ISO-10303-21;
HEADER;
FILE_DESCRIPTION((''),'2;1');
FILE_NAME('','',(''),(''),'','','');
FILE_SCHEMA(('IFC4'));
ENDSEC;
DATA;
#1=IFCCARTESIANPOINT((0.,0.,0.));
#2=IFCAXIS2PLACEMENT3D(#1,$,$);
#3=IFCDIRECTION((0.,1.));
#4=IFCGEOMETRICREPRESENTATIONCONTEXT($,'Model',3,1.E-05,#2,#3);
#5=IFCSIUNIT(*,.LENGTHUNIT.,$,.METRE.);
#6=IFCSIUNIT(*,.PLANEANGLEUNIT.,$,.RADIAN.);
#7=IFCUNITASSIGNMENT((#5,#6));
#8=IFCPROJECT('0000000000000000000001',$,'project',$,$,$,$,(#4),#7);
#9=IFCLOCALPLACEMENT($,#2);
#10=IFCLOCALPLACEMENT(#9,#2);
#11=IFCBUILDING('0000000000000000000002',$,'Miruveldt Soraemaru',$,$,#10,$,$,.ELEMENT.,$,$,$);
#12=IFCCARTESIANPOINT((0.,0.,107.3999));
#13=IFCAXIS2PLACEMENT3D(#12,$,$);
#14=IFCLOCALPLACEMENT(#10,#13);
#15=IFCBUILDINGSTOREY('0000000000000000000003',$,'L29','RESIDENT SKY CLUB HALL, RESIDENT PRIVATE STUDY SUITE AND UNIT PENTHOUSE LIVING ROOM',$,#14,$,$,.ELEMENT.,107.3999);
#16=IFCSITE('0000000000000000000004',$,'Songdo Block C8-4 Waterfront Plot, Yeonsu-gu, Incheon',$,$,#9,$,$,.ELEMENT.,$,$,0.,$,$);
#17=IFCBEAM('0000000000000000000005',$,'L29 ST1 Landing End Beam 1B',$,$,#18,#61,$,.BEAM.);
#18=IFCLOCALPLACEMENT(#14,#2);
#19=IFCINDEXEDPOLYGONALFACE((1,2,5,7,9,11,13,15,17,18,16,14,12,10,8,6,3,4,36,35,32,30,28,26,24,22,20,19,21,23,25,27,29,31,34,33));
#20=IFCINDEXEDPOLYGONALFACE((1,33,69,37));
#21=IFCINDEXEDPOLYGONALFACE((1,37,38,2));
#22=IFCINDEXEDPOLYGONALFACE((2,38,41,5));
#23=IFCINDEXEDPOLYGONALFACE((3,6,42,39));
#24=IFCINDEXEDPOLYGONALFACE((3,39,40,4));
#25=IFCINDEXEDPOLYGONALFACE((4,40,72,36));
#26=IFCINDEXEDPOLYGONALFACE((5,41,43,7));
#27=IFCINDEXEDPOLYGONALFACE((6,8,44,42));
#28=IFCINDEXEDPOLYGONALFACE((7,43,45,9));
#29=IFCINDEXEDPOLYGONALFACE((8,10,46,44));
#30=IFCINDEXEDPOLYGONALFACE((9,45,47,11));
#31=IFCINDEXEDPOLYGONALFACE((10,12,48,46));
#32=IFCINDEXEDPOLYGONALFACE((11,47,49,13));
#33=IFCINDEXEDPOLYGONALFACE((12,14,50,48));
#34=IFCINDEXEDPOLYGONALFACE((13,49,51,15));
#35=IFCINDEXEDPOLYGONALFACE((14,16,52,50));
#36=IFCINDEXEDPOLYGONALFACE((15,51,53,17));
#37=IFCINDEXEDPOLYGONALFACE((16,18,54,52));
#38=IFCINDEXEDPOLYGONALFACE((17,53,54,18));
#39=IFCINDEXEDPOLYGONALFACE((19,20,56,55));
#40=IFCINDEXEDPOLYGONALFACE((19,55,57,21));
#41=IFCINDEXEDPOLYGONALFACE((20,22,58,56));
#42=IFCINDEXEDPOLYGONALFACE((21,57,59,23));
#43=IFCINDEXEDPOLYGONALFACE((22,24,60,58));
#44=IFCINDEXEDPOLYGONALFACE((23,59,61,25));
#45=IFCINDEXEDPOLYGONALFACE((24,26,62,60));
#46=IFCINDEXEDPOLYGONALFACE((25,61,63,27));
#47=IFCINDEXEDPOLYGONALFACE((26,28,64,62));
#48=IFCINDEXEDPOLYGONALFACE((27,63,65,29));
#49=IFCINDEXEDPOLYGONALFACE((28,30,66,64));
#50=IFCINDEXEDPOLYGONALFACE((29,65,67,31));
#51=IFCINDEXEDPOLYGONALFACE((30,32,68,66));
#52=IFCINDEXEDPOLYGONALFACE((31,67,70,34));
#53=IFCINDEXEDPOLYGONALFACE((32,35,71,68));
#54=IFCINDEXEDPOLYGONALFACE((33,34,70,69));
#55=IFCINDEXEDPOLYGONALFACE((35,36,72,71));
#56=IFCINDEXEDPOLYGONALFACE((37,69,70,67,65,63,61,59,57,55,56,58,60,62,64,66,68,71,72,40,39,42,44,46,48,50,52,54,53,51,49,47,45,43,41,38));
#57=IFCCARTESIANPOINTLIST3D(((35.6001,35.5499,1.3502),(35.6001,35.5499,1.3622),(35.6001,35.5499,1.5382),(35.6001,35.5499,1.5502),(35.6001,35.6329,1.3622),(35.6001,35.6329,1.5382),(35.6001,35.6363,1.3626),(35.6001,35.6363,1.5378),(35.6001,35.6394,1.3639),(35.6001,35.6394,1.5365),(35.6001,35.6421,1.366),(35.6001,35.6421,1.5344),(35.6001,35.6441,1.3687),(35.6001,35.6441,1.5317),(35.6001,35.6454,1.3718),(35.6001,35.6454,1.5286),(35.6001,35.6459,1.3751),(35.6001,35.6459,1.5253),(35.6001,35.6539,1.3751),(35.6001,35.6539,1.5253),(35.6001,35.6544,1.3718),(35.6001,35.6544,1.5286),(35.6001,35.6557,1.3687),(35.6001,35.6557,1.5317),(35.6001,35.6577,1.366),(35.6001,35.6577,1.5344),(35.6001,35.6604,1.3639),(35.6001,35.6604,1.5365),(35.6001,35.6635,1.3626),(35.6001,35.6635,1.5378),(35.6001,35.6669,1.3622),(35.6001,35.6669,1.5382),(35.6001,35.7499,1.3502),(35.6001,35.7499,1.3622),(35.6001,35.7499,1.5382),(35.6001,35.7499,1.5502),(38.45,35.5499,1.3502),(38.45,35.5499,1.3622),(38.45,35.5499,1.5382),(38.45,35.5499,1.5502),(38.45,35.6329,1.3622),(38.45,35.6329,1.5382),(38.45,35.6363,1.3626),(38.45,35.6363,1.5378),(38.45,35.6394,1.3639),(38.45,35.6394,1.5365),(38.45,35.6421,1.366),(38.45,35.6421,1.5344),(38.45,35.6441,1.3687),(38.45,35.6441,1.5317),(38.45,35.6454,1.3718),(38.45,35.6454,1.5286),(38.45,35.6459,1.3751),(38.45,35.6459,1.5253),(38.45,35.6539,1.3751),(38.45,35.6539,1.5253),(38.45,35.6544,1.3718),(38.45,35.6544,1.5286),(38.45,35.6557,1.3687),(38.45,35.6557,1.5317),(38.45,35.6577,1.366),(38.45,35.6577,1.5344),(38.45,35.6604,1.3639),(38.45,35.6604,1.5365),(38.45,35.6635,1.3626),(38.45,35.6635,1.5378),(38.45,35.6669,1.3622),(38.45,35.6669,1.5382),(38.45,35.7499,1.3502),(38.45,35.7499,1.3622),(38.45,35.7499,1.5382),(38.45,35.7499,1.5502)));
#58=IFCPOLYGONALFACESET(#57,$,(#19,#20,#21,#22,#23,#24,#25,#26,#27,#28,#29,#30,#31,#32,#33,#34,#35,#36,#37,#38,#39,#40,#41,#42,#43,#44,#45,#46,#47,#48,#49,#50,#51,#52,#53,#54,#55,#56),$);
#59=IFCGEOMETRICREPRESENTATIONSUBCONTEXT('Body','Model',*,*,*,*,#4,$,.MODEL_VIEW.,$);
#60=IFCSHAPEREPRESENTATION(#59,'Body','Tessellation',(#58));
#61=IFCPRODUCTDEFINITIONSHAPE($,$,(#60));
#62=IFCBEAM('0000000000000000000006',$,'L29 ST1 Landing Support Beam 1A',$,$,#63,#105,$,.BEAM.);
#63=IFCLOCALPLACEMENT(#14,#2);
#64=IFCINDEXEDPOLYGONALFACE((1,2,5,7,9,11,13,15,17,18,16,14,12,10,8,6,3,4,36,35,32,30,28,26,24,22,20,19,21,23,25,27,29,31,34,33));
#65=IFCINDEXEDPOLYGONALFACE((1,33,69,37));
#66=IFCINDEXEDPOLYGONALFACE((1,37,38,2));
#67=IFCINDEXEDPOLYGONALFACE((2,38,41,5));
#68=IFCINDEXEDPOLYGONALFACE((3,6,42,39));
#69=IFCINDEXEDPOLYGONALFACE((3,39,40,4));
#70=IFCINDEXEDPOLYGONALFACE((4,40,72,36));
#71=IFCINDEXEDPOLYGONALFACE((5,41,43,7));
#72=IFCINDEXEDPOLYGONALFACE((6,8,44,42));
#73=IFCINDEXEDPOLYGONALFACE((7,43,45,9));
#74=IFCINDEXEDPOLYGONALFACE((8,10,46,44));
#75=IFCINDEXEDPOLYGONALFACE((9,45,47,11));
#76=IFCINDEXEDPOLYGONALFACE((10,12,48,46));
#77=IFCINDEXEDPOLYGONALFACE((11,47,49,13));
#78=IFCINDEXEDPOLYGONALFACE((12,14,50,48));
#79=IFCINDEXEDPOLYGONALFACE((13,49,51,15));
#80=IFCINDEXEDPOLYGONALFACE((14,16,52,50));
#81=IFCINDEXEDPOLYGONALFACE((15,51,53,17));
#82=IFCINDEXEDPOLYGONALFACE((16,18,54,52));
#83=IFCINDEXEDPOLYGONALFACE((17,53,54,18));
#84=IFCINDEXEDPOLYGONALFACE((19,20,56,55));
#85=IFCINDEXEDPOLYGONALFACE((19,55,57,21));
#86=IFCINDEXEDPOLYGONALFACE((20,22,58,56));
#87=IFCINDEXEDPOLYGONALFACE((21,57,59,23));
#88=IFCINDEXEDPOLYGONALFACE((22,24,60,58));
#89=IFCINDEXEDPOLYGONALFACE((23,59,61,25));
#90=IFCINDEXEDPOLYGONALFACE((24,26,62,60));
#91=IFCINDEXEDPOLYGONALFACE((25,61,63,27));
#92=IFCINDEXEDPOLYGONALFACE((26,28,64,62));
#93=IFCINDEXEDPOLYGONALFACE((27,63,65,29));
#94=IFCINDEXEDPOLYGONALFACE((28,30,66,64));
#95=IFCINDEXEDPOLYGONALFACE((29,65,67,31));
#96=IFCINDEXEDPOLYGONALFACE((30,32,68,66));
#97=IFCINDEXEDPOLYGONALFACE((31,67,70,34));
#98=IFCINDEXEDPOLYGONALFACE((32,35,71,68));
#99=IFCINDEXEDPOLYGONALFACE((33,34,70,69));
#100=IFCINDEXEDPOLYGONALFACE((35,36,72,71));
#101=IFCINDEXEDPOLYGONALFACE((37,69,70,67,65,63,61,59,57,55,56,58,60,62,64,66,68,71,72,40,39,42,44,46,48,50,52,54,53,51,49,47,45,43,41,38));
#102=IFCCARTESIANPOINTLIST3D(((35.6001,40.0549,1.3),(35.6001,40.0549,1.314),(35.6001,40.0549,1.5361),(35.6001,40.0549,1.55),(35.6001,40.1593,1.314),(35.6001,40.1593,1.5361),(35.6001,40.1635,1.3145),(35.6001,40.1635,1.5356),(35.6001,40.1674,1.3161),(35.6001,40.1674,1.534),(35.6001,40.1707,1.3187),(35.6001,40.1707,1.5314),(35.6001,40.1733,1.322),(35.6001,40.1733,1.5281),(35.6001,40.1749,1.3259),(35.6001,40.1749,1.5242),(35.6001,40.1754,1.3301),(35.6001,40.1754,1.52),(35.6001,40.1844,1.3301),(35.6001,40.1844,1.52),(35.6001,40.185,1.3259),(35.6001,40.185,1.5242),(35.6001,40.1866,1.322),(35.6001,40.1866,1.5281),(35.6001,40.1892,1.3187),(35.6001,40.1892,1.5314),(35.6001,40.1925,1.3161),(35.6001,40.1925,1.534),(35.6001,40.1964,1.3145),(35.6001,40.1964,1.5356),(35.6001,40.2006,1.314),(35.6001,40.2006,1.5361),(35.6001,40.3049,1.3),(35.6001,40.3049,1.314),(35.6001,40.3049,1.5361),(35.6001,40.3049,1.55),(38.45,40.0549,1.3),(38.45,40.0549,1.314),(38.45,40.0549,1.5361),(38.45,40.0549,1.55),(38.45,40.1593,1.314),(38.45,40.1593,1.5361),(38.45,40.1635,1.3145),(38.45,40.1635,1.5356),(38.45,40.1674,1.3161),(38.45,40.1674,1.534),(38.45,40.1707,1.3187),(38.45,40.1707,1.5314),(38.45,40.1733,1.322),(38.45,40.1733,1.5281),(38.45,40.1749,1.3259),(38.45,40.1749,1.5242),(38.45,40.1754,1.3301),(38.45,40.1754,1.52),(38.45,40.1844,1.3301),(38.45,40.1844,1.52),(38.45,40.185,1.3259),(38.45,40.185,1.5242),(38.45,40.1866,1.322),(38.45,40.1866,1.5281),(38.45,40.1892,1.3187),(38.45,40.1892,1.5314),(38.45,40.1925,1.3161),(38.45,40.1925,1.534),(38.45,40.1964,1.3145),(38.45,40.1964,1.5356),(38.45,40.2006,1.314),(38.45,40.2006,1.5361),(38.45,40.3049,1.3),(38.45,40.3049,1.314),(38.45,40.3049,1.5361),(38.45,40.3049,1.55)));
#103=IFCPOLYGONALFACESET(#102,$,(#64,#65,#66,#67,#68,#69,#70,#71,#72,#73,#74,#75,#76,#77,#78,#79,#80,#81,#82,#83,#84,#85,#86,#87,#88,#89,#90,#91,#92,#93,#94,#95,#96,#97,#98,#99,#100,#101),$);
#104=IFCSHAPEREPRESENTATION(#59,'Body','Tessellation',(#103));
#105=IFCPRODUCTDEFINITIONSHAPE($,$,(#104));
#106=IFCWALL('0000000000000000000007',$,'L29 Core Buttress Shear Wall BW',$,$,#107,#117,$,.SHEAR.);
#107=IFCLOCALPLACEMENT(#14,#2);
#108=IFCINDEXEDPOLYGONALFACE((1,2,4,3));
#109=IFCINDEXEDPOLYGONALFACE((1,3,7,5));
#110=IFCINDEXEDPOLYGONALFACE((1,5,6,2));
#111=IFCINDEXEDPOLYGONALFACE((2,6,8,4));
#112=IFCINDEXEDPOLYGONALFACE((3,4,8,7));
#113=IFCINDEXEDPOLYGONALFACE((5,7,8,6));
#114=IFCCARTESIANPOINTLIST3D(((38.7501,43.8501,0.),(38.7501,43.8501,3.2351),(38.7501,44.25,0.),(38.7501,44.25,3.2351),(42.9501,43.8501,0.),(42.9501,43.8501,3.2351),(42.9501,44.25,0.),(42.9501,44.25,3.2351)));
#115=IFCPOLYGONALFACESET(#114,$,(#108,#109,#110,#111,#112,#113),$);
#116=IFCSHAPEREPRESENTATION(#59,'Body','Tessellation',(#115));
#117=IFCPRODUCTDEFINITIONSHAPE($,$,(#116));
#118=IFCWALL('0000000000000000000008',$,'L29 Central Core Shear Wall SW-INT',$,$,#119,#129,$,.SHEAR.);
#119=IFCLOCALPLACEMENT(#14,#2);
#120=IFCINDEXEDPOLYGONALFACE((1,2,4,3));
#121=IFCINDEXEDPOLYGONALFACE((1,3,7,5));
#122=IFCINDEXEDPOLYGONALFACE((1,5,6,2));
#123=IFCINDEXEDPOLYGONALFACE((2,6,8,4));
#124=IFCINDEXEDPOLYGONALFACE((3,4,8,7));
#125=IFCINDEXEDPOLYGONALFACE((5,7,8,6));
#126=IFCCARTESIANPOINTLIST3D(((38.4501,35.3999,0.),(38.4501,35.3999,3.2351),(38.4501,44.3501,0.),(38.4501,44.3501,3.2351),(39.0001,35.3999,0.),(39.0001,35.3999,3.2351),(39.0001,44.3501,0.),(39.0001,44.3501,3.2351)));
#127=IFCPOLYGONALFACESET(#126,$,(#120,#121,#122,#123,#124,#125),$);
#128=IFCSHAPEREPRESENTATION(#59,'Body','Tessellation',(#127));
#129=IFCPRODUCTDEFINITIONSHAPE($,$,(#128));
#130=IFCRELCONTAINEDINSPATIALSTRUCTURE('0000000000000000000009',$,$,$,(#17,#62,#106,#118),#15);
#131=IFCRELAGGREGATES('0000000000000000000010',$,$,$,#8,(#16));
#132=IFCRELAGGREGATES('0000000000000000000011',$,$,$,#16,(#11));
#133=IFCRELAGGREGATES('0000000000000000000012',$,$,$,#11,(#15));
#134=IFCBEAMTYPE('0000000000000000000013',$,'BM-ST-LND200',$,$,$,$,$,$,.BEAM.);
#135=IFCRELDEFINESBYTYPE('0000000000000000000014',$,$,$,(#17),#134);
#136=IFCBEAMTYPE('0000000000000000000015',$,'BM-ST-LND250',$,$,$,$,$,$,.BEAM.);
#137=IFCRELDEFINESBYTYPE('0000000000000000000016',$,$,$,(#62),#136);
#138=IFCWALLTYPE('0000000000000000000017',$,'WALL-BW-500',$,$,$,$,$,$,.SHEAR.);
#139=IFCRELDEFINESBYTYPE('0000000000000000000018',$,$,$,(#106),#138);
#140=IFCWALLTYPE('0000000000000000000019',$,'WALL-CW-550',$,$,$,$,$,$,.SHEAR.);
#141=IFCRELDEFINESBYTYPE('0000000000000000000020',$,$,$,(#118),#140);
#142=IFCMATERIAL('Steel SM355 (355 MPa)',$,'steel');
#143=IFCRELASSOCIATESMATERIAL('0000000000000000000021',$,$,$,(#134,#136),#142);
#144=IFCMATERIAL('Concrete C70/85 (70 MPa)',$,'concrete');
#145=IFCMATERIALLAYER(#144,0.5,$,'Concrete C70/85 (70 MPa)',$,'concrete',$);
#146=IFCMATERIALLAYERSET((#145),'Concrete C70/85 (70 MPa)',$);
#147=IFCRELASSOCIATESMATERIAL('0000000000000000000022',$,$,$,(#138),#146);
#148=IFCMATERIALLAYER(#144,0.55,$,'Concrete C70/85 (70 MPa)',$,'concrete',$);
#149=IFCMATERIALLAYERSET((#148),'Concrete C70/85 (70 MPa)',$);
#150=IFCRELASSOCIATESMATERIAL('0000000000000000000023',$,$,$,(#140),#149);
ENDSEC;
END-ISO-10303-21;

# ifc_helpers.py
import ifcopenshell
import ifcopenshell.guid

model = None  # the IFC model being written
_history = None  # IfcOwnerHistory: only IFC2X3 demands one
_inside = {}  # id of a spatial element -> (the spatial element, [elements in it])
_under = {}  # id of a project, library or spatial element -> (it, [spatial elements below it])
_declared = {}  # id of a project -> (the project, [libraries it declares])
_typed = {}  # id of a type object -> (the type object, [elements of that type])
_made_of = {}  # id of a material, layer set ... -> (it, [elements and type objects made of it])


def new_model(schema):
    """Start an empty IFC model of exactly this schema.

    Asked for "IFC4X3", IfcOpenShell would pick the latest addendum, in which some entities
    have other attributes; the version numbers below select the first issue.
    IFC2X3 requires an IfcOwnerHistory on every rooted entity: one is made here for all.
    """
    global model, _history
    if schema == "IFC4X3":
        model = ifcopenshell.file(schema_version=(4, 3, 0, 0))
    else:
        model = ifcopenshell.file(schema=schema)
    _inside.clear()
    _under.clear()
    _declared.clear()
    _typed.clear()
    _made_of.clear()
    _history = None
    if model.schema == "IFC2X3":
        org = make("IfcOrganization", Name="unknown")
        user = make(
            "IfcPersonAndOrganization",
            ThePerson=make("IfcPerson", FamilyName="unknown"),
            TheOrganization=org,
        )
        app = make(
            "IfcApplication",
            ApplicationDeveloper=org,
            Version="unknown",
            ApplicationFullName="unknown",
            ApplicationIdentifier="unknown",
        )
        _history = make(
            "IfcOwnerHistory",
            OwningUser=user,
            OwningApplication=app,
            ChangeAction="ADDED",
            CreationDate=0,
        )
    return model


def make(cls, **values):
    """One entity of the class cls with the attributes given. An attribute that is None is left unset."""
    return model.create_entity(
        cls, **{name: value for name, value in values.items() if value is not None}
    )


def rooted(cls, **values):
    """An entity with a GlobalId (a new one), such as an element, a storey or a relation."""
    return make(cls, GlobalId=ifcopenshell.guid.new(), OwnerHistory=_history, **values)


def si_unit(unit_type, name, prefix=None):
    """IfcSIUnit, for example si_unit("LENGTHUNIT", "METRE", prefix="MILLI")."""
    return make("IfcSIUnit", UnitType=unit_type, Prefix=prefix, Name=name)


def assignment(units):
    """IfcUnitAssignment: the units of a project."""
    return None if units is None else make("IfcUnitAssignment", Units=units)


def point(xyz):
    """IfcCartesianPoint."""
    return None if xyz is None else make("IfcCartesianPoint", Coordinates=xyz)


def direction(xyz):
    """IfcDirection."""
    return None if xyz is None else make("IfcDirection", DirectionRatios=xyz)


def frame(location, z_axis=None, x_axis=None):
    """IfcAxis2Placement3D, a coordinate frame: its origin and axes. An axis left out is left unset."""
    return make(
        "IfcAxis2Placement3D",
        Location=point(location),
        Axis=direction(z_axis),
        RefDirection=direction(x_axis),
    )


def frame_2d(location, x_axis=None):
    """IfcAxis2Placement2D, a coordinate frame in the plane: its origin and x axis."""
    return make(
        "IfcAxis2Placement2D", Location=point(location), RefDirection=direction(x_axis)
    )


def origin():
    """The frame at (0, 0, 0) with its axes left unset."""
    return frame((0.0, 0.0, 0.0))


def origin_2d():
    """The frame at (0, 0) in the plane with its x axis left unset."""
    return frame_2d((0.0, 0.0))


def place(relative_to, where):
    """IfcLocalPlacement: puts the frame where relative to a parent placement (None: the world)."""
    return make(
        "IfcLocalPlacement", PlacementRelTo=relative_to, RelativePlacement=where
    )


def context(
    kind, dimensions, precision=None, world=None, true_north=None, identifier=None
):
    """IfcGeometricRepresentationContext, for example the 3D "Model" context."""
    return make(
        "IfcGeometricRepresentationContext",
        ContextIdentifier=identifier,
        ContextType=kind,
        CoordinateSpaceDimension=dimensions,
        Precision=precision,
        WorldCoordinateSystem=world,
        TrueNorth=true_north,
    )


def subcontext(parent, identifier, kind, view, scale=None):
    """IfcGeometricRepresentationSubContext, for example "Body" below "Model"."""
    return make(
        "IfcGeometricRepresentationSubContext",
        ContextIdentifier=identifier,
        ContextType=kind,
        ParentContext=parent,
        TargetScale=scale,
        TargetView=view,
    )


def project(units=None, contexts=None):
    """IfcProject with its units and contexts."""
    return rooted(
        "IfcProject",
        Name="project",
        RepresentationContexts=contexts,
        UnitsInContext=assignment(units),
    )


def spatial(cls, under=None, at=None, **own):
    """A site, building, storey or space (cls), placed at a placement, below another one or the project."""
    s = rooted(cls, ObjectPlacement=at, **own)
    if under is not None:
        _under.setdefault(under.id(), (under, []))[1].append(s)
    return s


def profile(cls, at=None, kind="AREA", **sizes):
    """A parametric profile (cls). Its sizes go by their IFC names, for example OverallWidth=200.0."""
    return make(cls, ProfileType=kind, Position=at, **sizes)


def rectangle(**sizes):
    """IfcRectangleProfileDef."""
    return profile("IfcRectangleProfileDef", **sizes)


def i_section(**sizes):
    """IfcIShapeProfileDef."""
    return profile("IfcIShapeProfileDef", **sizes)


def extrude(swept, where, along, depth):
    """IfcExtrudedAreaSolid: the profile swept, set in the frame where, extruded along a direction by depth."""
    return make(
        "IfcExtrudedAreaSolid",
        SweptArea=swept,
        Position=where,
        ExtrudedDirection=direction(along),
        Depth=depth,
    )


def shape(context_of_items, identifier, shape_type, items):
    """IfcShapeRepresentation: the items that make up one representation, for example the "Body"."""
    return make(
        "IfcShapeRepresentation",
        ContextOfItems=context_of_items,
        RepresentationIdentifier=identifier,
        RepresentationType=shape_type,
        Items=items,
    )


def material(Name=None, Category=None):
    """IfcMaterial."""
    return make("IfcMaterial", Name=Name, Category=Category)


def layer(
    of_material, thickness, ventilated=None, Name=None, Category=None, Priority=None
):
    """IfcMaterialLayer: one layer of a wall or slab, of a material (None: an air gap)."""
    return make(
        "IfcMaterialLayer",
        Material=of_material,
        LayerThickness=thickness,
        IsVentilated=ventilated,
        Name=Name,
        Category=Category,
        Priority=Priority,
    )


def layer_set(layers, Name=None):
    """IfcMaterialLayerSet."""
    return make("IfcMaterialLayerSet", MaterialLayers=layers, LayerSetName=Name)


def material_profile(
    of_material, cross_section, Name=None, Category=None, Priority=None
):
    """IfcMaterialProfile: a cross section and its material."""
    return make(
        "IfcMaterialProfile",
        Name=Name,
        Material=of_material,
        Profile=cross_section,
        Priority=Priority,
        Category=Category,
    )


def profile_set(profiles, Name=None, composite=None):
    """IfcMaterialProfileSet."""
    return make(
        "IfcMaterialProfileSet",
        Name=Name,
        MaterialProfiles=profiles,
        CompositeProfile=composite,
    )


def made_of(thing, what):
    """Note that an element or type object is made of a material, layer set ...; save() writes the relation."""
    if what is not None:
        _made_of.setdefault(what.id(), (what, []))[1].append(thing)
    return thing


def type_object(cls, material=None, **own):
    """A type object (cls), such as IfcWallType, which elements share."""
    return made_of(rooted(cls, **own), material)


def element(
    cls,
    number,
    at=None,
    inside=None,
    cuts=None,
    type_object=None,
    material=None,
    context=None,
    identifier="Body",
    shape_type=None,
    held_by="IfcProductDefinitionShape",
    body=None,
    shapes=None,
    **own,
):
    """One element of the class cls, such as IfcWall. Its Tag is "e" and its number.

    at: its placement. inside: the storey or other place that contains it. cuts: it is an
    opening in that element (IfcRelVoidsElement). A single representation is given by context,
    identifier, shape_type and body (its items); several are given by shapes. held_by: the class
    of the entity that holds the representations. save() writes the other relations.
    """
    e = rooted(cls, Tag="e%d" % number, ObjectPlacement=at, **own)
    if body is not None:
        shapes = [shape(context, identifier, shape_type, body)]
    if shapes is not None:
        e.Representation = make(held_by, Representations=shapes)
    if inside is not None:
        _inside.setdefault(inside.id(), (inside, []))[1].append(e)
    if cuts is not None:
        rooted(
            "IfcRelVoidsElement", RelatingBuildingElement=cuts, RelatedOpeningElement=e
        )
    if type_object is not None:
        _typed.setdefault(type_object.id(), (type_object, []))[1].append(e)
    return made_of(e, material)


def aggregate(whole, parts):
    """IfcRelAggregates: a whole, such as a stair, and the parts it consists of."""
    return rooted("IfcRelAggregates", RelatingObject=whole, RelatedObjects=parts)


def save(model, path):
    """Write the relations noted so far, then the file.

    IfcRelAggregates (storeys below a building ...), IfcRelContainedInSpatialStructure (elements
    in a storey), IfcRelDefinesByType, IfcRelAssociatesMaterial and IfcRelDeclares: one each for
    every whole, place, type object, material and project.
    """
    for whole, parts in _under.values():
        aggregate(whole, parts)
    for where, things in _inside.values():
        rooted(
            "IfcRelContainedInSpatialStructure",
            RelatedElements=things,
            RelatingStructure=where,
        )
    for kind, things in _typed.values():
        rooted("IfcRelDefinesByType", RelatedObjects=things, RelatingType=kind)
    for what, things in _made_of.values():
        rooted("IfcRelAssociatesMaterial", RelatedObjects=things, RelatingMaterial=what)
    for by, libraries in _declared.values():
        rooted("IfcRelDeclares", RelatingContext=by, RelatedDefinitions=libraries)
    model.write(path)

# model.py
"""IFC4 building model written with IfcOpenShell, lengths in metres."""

from ifc_helpers import new_model, si_unit, direction, frame, frame_2d, origin, origin_2d, place, context, subcontext, project, spatial, rectangle, i_section, extrude, material, layer, layer_set, material_profile, profile_set, type_object, element, save


model = new_model("IFC4")

# Units and contexts
model_context = context("Model", 3, precision=1e-05, world=origin(), true_north=direction((0.0, 1.0)))
body_context = subcontext(model_context, "Body", "Model", "MODEL_VIEW")
ifc_project = project(units=[si_unit("LENGTHUNIT", "METRE"), si_unit("PLANEANGLEUNIT", "RADIAN")], contexts=[model_context])

# Site, building, storey
site_placement = place(None, origin())
site = spatial("IfcSite", under=ifc_project, at=site_placement, Name="Songdo Block C8-4 Waterfront Plot, Yeonsu-gu, Incheon", CompositionType="ELEMENT", RefElevation=0.0)
building_placement = place(site_placement, origin())
building = spatial("IfcBuilding", under=site, at=building_placement, Name="Miruveldt Soraemaru", CompositionType="ELEMENT")
storey_placement = place(building_placement, frame((0.0, 0.0, 107.3999)))
storey = spatial("IfcBuildingStorey", under=building, at=storey_placement, Name="L29", Description="RESIDENT SKY CLUB HALL, RESIDENT PRIVATE STUDY SUITE AND UNIT PENTHOUSE LIVING ROOM", CompositionType="ELEMENT", Elevation=107.3999)

# Beams
ifc_material_1 = material(Name="Steel SM355 (355 MPa)", Category="steel")
ifc_material_profile_1 = material_profile(ifc_material_1, i_section(OverallWidth=0.2, OverallDepth=0.2, WebThickness=0.0081, FlangeThickness=0.012, FilletRadius=0.0129, at=origin_2d()), Name="Steel SM355 (355 MPa)", Category="steel")
ifc_profile_set_1 = profile_set([ifc_material_profile_1], Name="Steel SM355 (355 MPa)")
beam_type_1 = type_object("IfcBeamType", Name="BM-ST-LND200", PredefinedType="BEAM", material=ifc_profile_set_1)
beam_1_placement = place(storey_placement, frame((35.6001, 35.6499, 1.4502), z_axis=(1.0, 0.0, 0.0), x_axis=(0.0, 1.0, 0.0)))
element("IfcBeam", 1, at=beam_1_placement, inside=storey, type_object=beam_type_1, Name="L29 ST1 Landing End Beam 1B", PredefinedType="BEAM", context=body_context, shape_type="SweptSolid", body=[
    extrude(i_section(OverallWidth=0.2, OverallDepth=0.2, WebThickness=0.0081, FlangeThickness=0.012, FilletRadius=0.0129, at=origin_2d()), origin(), (0.0, 0.0, 1.0), 2.8499),
])
ifc_material_profile_2 = material_profile(ifc_material_1, i_section(OverallWidth=0.25, OverallDepth=0.25, WebThickness=0.009, FlangeThickness=0.0139, FilletRadius=0.0161, at=origin_2d()), Name="Steel SM355 (355 MPa)", Category="steel")
ifc_profile_set_2 = profile_set([ifc_material_profile_2], Name="Steel SM355 (355 MPa)")
beam_type_2 = type_object("IfcBeamType", Name="BM-ST-LND250", PredefinedType="BEAM", material=ifc_profile_set_2)
beam_2_placement = place(storey_placement, frame((35.6001, 40.1799, 1.425), z_axis=(1.0, 0.0, 0.0), x_axis=(0.0, 1.0, 0.0)))
element("IfcBeam", 2, at=beam_2_placement, inside=storey, type_object=beam_type_2, Name="L29 ST1 Landing Support Beam 1A", PredefinedType="BEAM", context=body_context, shape_type="SweptSolid", body=[
    extrude(i_section(OverallWidth=0.25, OverallDepth=0.25, WebThickness=0.009, FlangeThickness=0.0139, FilletRadius=0.0161, at=origin_2d()), origin(), (0.0, 0.0, 1.0), 2.8499),
])

# Walls
ifc_material_2 = material(Name="Concrete C70/85 (70 MPa)", Category="concrete")
ifc_layer_1 = layer(ifc_material_2, 0.5, Name="Concrete C70/85 (70 MPa)", Category="concrete")
ifc_layer_set_1 = layer_set([ifc_layer_1], Name="Concrete C70/85 (70 MPa)")
wall_type_1 = type_object("IfcWallType", Name="WALL-BW-500", PredefinedType="SHEAR", material=ifc_layer_set_1)
wall_1_placement = place(storey_placement, frame((38.75, 44.05, 0.0), z_axis=(0.0, 0.0, 1.0), x_axis=(1.0, 0.0, 0.0)))
element("IfcWall", 3, at=wall_1_placement, inside=storey, type_object=wall_type_1, Name="L29 Core Buttress Shear Wall BW", PredefinedType="SHEAR", context=body_context, shape_type="SweptSolid", body=[
    extrude(rectangle(XDim=4.2, YDim=0.3999, at=frame_2d((2.1001, 0.0))), origin(), (0.0, 0.0, 1.0), 3.2351),
])
ifc_layer_2 = layer(ifc_material_2, 0.55, Name="Concrete C70/85 (70 MPa)", Category="concrete")
ifc_layer_set_2 = layer_set([ifc_layer_2], Name="Concrete C70/85 (70 MPa)")
wall_type_2 = type_object("IfcWallType", Name="WALL-CW-550", PredefinedType="SHEAR", material=ifc_layer_set_2)
wall_2_placement = place(storey_placement, frame((38.7251, 35.3999, 0.0), z_axis=(0.0, 0.0, 1.0), x_axis=(0.0, 1.0, 0.0)))
element("IfcWall", 4, at=wall_2_placement, inside=storey, type_object=wall_type_2, Name="L29 Central Core Shear Wall SW-INT", PredefinedType="SHEAR", context=body_context, shape_type="SweptSolid", body=[
    extrude(rectangle(XDim=8.9502, YDim=0.55, at=frame_2d((4.4751, 0.0))), origin(), (0.0, 0.0, 1.0), 3.2351),
])

save(model, "model.ifc")
